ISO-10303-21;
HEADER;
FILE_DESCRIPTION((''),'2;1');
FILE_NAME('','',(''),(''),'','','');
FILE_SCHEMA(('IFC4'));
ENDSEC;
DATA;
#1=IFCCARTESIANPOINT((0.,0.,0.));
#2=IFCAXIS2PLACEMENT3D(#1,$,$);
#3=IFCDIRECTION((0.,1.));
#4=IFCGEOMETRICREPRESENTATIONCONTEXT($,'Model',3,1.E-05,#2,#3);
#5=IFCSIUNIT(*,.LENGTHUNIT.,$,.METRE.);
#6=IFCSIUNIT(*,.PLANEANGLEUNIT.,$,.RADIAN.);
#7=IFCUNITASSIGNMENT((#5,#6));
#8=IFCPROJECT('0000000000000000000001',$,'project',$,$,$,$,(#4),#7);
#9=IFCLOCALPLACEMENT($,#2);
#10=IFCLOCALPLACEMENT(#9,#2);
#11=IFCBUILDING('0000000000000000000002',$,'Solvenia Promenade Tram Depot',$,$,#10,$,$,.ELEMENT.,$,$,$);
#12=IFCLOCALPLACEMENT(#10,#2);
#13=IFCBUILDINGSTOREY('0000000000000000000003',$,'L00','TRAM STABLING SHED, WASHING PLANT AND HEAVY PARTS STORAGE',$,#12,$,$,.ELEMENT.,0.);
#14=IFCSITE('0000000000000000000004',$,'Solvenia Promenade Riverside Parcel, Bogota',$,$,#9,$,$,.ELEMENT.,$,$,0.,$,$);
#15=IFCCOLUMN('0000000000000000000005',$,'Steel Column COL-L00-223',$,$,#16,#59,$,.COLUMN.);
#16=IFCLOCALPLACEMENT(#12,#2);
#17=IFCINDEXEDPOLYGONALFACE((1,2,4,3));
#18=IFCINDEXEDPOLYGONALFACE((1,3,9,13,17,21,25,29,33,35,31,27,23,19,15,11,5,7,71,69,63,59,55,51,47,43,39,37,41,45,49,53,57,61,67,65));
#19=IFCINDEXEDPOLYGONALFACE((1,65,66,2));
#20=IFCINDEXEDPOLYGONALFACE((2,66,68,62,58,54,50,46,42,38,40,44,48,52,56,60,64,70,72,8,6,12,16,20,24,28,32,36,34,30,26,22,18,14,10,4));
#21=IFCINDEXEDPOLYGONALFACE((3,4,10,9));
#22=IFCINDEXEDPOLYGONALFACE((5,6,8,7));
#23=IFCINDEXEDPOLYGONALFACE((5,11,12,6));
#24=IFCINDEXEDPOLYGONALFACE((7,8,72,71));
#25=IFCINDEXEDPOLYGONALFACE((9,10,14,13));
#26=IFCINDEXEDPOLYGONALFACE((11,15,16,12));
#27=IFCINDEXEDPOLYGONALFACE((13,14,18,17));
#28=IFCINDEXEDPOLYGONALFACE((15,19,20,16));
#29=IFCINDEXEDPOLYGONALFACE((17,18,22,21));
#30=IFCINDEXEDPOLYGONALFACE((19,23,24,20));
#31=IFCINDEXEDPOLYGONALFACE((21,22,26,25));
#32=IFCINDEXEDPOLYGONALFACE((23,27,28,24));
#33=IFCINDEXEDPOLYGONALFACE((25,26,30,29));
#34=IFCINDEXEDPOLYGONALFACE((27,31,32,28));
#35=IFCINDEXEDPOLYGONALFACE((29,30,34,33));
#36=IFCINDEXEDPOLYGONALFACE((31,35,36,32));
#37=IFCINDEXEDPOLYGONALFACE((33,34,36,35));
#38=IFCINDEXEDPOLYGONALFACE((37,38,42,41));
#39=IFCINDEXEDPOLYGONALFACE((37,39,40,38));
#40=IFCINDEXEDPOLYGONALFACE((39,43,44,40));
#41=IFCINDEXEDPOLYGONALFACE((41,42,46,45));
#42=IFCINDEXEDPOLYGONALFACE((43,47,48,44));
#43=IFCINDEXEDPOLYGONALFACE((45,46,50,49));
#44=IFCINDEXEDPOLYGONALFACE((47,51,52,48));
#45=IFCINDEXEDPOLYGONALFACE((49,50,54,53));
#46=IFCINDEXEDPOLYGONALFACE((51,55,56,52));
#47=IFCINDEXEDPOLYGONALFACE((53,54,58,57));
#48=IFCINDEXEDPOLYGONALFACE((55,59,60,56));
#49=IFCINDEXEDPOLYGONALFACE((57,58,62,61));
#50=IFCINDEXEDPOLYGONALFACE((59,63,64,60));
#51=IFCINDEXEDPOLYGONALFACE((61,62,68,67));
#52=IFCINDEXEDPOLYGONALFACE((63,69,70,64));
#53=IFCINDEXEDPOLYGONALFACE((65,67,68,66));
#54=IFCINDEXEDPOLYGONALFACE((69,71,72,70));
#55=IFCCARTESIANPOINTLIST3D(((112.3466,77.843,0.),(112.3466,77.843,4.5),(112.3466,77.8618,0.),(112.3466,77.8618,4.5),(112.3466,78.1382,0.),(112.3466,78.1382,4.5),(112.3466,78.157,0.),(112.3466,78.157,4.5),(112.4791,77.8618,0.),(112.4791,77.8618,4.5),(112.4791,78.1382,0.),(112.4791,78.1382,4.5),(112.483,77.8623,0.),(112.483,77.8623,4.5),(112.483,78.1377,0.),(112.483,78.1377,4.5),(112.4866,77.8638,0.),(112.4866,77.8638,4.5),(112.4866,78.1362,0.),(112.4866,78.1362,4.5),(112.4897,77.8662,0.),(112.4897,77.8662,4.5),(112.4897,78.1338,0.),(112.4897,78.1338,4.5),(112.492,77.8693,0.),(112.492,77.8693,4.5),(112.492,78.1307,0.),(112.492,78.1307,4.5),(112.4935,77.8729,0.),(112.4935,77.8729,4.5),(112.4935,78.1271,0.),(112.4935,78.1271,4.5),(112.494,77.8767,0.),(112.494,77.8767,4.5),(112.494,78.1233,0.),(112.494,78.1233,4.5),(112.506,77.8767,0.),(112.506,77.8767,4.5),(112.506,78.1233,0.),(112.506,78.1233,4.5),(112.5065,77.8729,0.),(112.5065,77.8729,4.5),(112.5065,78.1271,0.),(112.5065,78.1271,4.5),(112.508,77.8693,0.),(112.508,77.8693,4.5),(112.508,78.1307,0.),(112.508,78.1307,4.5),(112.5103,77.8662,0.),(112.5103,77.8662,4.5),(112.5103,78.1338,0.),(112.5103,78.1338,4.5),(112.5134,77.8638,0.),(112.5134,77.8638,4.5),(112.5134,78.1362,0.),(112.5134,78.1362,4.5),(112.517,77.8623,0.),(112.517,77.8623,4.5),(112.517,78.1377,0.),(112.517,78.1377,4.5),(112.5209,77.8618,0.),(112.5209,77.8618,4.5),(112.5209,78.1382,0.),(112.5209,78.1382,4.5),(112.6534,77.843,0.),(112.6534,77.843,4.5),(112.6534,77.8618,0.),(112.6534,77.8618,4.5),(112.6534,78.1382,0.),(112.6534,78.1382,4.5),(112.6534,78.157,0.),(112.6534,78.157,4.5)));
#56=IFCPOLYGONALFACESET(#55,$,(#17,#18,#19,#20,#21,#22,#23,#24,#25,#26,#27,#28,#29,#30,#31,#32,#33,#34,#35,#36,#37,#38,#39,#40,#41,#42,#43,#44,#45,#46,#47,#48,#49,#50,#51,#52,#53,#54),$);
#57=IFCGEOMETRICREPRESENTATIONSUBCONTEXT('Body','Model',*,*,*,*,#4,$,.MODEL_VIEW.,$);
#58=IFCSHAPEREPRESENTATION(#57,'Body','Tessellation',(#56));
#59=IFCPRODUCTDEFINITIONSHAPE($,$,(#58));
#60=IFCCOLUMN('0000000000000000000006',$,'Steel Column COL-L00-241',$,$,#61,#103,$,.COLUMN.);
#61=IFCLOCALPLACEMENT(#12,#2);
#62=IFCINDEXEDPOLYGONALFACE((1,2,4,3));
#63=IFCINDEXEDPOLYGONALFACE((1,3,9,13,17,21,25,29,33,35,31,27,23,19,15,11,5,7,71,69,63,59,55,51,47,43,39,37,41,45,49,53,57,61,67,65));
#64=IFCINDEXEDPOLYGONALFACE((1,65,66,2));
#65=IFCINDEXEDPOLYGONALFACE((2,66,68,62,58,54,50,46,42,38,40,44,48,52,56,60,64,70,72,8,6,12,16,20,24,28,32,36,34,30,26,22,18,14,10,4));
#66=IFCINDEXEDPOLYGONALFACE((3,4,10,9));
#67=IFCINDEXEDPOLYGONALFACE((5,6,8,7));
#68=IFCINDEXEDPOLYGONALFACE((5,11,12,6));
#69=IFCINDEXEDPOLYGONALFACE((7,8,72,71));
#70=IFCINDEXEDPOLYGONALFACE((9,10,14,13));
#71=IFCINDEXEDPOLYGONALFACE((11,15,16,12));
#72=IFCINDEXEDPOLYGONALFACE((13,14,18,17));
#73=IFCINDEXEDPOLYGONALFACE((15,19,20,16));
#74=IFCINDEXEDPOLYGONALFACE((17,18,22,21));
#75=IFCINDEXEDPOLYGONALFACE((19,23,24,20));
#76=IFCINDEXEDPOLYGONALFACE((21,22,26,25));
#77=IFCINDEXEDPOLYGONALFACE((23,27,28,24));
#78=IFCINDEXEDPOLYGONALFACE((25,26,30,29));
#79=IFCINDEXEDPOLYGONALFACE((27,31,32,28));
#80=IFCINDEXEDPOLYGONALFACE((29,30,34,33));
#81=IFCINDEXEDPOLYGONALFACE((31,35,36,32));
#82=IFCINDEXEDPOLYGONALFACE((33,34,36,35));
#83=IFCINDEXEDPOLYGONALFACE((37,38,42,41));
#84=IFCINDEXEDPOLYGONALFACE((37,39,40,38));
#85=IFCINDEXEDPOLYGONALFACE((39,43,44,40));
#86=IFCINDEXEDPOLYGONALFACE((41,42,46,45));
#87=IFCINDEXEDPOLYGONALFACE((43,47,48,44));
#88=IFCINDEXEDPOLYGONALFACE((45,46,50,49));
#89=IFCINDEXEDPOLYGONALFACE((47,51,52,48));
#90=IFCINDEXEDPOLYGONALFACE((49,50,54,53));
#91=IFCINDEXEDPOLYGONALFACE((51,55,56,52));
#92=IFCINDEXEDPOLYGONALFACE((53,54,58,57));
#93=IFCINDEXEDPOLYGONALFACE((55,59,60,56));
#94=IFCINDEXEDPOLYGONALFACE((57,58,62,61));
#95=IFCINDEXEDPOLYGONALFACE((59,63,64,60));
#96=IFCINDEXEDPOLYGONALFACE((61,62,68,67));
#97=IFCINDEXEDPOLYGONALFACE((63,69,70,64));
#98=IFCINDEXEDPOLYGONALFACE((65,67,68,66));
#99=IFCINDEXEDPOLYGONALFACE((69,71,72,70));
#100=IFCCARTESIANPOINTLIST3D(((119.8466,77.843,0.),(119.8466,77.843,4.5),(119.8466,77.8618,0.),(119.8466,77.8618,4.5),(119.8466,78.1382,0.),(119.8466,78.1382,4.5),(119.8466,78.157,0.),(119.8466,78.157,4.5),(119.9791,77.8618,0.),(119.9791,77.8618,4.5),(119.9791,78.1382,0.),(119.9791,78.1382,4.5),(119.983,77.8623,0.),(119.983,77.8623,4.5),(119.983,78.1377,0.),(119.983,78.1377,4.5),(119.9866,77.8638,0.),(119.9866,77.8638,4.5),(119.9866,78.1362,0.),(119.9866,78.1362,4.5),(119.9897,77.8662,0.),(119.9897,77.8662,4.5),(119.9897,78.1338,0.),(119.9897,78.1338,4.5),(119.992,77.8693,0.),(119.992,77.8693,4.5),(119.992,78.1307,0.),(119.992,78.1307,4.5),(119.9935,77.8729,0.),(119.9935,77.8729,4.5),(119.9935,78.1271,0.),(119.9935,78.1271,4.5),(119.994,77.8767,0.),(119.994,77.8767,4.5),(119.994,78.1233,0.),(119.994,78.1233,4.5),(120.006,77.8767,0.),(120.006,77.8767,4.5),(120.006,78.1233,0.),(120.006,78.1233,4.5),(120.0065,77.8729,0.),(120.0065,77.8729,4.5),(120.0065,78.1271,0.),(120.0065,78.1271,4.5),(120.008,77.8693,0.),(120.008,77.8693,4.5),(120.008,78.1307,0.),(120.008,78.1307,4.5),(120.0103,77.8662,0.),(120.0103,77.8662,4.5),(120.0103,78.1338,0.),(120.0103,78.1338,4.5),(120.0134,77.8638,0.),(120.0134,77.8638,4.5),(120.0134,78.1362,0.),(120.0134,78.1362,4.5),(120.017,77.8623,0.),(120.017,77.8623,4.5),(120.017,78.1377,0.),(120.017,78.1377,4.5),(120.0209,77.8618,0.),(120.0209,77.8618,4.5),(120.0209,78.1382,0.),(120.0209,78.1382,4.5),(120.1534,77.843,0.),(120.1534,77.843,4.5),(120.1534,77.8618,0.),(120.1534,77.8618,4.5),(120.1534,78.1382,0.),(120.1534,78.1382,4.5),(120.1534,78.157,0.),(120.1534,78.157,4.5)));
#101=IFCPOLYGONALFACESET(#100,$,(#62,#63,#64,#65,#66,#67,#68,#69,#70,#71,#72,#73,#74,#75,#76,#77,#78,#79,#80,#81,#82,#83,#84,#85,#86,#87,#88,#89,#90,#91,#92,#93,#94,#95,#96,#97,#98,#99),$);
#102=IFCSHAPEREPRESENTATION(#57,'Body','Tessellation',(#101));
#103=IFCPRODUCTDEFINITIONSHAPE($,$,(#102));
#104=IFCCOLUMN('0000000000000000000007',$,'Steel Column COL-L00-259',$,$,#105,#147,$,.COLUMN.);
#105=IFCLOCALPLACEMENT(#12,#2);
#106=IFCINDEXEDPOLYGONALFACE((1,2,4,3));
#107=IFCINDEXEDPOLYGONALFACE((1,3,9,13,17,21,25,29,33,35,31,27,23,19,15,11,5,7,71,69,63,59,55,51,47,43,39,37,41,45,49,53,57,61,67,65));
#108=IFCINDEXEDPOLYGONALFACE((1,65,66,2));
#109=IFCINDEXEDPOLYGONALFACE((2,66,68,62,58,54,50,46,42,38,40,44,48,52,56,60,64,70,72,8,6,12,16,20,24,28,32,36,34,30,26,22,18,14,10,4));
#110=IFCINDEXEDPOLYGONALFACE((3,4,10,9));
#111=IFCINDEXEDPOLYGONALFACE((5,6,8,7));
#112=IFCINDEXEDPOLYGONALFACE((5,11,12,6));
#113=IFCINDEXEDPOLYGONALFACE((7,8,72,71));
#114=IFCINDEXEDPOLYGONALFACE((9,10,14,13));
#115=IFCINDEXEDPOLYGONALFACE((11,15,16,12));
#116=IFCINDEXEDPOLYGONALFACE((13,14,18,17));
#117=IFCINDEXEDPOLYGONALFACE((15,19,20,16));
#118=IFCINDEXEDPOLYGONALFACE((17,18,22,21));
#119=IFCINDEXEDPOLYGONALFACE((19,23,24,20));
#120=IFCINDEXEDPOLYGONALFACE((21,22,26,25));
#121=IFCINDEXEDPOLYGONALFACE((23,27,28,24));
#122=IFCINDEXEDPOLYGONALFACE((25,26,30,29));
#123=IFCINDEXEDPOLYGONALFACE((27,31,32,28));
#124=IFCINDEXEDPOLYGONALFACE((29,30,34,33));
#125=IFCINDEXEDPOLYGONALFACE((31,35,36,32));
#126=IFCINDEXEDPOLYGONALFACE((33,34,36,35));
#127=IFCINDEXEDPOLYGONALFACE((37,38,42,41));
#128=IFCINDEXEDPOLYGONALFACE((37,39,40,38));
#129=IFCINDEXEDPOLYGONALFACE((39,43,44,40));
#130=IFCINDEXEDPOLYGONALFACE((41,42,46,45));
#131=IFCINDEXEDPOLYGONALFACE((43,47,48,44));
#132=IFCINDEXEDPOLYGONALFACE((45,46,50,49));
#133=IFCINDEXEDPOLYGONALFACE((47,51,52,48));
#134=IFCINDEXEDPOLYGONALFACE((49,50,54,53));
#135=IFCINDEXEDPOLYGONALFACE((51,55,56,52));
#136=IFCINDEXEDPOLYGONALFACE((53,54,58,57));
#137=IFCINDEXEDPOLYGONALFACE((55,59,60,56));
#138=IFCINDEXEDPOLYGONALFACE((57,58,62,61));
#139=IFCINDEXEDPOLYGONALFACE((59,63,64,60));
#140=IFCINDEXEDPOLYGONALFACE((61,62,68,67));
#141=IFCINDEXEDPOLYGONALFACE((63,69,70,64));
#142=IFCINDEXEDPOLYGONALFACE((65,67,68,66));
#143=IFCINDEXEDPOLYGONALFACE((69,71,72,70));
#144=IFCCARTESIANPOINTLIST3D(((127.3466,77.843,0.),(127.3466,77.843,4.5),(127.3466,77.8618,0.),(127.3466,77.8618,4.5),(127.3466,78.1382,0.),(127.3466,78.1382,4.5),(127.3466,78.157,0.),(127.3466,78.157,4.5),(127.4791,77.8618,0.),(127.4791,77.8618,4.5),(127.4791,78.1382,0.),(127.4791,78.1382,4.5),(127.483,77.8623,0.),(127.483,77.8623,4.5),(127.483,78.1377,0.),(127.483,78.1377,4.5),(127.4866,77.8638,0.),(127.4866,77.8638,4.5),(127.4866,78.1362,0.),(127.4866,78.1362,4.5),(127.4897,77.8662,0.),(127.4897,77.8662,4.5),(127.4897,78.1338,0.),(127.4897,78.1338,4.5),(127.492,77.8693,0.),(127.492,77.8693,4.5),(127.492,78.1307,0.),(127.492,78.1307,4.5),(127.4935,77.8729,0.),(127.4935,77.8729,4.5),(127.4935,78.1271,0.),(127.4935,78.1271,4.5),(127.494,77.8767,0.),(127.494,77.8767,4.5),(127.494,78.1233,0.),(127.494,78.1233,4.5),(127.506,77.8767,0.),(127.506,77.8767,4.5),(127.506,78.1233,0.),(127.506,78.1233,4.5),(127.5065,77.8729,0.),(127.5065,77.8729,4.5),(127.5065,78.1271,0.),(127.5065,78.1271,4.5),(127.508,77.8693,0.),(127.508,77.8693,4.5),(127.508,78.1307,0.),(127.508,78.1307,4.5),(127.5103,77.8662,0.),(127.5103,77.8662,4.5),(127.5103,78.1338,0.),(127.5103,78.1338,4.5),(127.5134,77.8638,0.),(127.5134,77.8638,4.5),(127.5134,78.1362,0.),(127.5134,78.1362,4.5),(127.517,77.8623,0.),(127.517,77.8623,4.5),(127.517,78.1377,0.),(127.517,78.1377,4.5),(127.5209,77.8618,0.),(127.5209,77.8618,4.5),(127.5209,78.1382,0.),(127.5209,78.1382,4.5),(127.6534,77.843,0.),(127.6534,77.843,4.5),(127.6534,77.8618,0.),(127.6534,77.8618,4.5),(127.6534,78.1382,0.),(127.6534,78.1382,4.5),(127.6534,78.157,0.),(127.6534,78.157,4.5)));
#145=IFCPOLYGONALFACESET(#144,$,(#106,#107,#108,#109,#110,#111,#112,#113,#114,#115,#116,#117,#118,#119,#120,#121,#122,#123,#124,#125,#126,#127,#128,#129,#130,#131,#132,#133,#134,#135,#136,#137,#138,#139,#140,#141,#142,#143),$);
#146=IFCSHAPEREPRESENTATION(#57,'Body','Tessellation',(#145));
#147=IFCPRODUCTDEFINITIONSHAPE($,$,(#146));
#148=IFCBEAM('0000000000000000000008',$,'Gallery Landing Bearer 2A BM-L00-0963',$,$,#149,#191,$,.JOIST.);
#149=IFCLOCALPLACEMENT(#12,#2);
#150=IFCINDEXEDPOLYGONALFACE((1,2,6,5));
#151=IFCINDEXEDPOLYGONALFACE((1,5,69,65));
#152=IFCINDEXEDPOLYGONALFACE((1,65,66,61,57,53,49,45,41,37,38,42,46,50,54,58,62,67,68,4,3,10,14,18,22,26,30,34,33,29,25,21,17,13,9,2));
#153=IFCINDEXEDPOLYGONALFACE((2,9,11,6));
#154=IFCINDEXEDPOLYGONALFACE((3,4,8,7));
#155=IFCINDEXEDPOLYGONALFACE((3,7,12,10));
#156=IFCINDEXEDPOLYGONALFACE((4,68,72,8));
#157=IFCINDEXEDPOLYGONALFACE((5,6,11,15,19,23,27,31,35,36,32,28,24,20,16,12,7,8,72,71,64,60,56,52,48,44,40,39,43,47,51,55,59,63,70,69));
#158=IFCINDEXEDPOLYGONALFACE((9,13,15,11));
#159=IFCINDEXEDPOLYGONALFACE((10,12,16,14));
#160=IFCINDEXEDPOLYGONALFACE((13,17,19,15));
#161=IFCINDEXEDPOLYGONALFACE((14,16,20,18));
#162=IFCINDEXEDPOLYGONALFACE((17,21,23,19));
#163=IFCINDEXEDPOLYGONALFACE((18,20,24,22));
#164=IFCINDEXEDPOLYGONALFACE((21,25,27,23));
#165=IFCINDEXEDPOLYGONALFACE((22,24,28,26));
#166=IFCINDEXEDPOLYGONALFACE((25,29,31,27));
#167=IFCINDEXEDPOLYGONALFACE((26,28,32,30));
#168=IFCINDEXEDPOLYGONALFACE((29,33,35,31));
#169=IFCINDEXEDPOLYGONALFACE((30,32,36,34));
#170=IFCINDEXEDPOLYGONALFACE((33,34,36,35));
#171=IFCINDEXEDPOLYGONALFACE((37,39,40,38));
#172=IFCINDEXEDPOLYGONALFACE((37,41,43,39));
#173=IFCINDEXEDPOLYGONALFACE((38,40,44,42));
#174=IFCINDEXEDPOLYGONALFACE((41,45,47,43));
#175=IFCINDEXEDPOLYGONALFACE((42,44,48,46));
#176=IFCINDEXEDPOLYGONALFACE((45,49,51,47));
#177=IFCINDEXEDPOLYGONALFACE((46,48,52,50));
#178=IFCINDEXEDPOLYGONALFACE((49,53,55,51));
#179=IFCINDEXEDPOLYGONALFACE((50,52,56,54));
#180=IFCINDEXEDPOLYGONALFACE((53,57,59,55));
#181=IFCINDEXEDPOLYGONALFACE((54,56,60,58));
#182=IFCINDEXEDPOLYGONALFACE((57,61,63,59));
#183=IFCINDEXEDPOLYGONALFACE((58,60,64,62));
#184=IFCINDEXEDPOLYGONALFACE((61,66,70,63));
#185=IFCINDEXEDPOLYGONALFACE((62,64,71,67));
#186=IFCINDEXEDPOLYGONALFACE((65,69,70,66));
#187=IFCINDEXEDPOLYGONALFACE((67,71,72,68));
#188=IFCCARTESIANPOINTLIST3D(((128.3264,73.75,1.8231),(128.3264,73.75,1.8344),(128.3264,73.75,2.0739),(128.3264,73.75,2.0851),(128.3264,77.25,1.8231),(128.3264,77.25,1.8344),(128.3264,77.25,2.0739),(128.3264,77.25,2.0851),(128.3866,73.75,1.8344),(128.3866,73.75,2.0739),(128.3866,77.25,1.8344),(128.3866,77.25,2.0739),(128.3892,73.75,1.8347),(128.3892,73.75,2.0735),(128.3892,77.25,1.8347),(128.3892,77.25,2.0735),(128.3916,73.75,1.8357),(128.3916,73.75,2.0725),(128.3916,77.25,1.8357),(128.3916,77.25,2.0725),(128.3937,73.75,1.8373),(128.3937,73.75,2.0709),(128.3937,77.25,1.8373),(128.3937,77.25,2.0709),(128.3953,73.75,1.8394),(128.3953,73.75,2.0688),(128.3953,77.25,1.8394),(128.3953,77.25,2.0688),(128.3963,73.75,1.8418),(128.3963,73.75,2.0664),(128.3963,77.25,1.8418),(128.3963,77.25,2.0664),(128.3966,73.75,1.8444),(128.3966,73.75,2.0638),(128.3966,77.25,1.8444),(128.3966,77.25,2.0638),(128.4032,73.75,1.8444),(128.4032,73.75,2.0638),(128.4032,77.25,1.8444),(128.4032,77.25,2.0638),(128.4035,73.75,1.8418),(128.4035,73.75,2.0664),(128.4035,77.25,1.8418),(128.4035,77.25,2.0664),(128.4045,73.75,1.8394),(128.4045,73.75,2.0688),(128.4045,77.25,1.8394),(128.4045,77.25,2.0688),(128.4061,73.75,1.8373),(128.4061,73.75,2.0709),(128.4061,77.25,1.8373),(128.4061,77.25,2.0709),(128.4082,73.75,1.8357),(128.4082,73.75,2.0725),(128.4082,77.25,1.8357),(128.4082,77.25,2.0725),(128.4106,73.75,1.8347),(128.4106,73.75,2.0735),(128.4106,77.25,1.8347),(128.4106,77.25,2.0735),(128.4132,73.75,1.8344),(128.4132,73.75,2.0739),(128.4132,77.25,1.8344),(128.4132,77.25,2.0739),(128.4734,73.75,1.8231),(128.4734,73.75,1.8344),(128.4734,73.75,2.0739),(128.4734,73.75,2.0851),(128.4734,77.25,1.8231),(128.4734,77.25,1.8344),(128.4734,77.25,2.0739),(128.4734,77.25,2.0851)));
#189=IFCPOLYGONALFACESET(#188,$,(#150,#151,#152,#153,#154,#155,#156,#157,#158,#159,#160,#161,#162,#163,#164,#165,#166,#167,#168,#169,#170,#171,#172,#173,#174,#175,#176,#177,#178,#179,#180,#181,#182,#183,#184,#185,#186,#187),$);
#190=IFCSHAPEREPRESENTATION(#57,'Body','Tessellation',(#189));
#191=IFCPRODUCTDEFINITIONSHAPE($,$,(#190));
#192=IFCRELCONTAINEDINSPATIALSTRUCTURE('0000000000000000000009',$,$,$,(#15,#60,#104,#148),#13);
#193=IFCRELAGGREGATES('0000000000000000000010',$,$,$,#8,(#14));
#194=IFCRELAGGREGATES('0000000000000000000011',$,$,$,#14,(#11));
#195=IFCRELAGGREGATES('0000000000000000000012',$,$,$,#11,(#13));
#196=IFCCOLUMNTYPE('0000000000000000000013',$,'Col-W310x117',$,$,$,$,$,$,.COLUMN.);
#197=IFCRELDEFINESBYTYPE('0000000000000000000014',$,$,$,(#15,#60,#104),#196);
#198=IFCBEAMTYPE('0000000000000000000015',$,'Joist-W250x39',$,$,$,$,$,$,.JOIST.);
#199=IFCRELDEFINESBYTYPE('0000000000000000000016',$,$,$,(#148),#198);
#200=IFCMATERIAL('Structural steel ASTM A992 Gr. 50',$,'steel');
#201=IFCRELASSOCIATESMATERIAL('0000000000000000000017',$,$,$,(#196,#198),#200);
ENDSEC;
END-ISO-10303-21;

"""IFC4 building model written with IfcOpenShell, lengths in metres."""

from ifc_helpers import new_model, si_unit, direction, frame, origin, origin_2d, place, context, subcontext, project, spatial, i_section, extrude, material, material_profile, profile_set, type_object, element, save


model = new_model("IFC4")

# Units and contexts
model_context = context("Model", 3, precision=1e-05, world=origin(), true_north=direction((0.0, 1.0)))
body_context = subcontext(model_context, "Body", "Model", "MODEL_VIEW")
ifc_project = project(units=[si_unit("LENGTHUNIT", "METRE"), si_unit("PLANEANGLEUNIT", "RADIAN")], contexts=[model_context])

# Site, building, storey
site_placement = place(None, origin())
site = spatial("IfcSite", under=ifc_project, at=site_placement, Name="Solvenia Promenade Riverside Parcel, Bogota", CompositionType="ELEMENT", RefElevation=0.0)
building_placement = place(site_placement, origin())
building = spatial("IfcBuilding", under=site, at=building_placement, Name="Solvenia Promenade Tram Depot", CompositionType="ELEMENT")
storey_placement = place(building_placement, origin())
storey = spatial("IfcBuildingStorey", under=building, at=storey_placement, Name="L00", Description="TRAM STABLING SHED, WASHING PLANT AND HEAVY PARTS STORAGE", CompositionType="ELEMENT", Elevation=0.0)

# Columns
ifc_material_1 = material(Name="Structural steel ASTM A992 Gr. 50", Category="steel")
ifc_material_profile_1 = material_profile(ifc_material_1, i_section(OverallWidth=0.3069, OverallDepth=0.314, WebThickness=0.012, FlangeThickness=0.0188, FilletRadius=0.0149, at=origin_2d()), Name="W310x117", Category="steel")
ifc_profile_set_1 = profile_set([ifc_material_profile_1], Name="Structural steel ASTM A992 Gr. 50")
column_type_1 = type_object("IfcColumnType", Name="Col-W310x117", PredefinedType="COLUMN", material=ifc_profile_set_1)
for number, where, z_axis, x_axis, name in (
    (1, (112.5, 78.0, 0.0), (0.0, 0.0, 1.0), (1.0, 0.0, 0.0), "Steel Column COL-L00-223"),
    (2, (120.0, 78.0, 0.0), (0.0, 0.0, 1.0), (1.0, 0.0, 0.0), "Steel Column COL-L00-241"),
    (3, (127.5, 78.0, 0.0), (0.0, 0.0, 1.0), (1.0, 0.0, 0.0), "Steel Column COL-L00-259"),
):
    element("IfcColumn", number, at=place(storey_placement, frame(where, z_axis=z_axis, x_axis=x_axis)), inside=storey, type_object=column_type_1, Name=name, PredefinedType="COLUMN", context=body_context, shape_type="SweptSolid", body=[
        extrude(i_section(OverallWidth=0.3069, OverallDepth=0.314, WebThickness=0.012, FlangeThickness=0.0188, FilletRadius=0.0149, at=origin_2d()), origin(), (0.0, 0.0, 1.0), 4.5),
    ])

# Beam
ifc_material_profile_2 = material_profile(ifc_material_1, i_section(OverallWidth=0.147, OverallDepth=0.262, WebThickness=0.0066, FlangeThickness=0.0112, FilletRadius=0.01, at=origin_2d()), Name="W250x39", Category="steel")
ifc_profile_set_2 = profile_set([ifc_material_profile_2], Name="Structural steel ASTM A992 Gr. 50")
beam_type = type_object("IfcBeamType", Name="Joist-W250x39", PredefinedType="JOIST", material=ifc_profile_set_2)
for number, where, z_axis, x_axis, name in (
    (4, (128.3999, 73.75, 1.9541), (0.0, 1.0, 0.0), (-1.0, 0.0, 0.0), "Gallery Landing Bearer 2A BM-L00-0963"),
):
    element("IfcBeam", number, at=place(storey_placement, frame(where, z_axis=z_axis, x_axis=x_axis)), inside=storey, type_object=beam_type, Name=name, PredefinedType="JOIST", context=body_context, shape_type="SweptSolid", body=[
        extrude(i_section(OverallWidth=0.147, OverallDepth=0.262, WebThickness=0.0066, FlangeThickness=0.0112, FilletRadius=0.01, at=origin_2d()), origin(), (0.0, 0.0, 1.0), 3.5),
    ])

save(model, "model.ifc")
